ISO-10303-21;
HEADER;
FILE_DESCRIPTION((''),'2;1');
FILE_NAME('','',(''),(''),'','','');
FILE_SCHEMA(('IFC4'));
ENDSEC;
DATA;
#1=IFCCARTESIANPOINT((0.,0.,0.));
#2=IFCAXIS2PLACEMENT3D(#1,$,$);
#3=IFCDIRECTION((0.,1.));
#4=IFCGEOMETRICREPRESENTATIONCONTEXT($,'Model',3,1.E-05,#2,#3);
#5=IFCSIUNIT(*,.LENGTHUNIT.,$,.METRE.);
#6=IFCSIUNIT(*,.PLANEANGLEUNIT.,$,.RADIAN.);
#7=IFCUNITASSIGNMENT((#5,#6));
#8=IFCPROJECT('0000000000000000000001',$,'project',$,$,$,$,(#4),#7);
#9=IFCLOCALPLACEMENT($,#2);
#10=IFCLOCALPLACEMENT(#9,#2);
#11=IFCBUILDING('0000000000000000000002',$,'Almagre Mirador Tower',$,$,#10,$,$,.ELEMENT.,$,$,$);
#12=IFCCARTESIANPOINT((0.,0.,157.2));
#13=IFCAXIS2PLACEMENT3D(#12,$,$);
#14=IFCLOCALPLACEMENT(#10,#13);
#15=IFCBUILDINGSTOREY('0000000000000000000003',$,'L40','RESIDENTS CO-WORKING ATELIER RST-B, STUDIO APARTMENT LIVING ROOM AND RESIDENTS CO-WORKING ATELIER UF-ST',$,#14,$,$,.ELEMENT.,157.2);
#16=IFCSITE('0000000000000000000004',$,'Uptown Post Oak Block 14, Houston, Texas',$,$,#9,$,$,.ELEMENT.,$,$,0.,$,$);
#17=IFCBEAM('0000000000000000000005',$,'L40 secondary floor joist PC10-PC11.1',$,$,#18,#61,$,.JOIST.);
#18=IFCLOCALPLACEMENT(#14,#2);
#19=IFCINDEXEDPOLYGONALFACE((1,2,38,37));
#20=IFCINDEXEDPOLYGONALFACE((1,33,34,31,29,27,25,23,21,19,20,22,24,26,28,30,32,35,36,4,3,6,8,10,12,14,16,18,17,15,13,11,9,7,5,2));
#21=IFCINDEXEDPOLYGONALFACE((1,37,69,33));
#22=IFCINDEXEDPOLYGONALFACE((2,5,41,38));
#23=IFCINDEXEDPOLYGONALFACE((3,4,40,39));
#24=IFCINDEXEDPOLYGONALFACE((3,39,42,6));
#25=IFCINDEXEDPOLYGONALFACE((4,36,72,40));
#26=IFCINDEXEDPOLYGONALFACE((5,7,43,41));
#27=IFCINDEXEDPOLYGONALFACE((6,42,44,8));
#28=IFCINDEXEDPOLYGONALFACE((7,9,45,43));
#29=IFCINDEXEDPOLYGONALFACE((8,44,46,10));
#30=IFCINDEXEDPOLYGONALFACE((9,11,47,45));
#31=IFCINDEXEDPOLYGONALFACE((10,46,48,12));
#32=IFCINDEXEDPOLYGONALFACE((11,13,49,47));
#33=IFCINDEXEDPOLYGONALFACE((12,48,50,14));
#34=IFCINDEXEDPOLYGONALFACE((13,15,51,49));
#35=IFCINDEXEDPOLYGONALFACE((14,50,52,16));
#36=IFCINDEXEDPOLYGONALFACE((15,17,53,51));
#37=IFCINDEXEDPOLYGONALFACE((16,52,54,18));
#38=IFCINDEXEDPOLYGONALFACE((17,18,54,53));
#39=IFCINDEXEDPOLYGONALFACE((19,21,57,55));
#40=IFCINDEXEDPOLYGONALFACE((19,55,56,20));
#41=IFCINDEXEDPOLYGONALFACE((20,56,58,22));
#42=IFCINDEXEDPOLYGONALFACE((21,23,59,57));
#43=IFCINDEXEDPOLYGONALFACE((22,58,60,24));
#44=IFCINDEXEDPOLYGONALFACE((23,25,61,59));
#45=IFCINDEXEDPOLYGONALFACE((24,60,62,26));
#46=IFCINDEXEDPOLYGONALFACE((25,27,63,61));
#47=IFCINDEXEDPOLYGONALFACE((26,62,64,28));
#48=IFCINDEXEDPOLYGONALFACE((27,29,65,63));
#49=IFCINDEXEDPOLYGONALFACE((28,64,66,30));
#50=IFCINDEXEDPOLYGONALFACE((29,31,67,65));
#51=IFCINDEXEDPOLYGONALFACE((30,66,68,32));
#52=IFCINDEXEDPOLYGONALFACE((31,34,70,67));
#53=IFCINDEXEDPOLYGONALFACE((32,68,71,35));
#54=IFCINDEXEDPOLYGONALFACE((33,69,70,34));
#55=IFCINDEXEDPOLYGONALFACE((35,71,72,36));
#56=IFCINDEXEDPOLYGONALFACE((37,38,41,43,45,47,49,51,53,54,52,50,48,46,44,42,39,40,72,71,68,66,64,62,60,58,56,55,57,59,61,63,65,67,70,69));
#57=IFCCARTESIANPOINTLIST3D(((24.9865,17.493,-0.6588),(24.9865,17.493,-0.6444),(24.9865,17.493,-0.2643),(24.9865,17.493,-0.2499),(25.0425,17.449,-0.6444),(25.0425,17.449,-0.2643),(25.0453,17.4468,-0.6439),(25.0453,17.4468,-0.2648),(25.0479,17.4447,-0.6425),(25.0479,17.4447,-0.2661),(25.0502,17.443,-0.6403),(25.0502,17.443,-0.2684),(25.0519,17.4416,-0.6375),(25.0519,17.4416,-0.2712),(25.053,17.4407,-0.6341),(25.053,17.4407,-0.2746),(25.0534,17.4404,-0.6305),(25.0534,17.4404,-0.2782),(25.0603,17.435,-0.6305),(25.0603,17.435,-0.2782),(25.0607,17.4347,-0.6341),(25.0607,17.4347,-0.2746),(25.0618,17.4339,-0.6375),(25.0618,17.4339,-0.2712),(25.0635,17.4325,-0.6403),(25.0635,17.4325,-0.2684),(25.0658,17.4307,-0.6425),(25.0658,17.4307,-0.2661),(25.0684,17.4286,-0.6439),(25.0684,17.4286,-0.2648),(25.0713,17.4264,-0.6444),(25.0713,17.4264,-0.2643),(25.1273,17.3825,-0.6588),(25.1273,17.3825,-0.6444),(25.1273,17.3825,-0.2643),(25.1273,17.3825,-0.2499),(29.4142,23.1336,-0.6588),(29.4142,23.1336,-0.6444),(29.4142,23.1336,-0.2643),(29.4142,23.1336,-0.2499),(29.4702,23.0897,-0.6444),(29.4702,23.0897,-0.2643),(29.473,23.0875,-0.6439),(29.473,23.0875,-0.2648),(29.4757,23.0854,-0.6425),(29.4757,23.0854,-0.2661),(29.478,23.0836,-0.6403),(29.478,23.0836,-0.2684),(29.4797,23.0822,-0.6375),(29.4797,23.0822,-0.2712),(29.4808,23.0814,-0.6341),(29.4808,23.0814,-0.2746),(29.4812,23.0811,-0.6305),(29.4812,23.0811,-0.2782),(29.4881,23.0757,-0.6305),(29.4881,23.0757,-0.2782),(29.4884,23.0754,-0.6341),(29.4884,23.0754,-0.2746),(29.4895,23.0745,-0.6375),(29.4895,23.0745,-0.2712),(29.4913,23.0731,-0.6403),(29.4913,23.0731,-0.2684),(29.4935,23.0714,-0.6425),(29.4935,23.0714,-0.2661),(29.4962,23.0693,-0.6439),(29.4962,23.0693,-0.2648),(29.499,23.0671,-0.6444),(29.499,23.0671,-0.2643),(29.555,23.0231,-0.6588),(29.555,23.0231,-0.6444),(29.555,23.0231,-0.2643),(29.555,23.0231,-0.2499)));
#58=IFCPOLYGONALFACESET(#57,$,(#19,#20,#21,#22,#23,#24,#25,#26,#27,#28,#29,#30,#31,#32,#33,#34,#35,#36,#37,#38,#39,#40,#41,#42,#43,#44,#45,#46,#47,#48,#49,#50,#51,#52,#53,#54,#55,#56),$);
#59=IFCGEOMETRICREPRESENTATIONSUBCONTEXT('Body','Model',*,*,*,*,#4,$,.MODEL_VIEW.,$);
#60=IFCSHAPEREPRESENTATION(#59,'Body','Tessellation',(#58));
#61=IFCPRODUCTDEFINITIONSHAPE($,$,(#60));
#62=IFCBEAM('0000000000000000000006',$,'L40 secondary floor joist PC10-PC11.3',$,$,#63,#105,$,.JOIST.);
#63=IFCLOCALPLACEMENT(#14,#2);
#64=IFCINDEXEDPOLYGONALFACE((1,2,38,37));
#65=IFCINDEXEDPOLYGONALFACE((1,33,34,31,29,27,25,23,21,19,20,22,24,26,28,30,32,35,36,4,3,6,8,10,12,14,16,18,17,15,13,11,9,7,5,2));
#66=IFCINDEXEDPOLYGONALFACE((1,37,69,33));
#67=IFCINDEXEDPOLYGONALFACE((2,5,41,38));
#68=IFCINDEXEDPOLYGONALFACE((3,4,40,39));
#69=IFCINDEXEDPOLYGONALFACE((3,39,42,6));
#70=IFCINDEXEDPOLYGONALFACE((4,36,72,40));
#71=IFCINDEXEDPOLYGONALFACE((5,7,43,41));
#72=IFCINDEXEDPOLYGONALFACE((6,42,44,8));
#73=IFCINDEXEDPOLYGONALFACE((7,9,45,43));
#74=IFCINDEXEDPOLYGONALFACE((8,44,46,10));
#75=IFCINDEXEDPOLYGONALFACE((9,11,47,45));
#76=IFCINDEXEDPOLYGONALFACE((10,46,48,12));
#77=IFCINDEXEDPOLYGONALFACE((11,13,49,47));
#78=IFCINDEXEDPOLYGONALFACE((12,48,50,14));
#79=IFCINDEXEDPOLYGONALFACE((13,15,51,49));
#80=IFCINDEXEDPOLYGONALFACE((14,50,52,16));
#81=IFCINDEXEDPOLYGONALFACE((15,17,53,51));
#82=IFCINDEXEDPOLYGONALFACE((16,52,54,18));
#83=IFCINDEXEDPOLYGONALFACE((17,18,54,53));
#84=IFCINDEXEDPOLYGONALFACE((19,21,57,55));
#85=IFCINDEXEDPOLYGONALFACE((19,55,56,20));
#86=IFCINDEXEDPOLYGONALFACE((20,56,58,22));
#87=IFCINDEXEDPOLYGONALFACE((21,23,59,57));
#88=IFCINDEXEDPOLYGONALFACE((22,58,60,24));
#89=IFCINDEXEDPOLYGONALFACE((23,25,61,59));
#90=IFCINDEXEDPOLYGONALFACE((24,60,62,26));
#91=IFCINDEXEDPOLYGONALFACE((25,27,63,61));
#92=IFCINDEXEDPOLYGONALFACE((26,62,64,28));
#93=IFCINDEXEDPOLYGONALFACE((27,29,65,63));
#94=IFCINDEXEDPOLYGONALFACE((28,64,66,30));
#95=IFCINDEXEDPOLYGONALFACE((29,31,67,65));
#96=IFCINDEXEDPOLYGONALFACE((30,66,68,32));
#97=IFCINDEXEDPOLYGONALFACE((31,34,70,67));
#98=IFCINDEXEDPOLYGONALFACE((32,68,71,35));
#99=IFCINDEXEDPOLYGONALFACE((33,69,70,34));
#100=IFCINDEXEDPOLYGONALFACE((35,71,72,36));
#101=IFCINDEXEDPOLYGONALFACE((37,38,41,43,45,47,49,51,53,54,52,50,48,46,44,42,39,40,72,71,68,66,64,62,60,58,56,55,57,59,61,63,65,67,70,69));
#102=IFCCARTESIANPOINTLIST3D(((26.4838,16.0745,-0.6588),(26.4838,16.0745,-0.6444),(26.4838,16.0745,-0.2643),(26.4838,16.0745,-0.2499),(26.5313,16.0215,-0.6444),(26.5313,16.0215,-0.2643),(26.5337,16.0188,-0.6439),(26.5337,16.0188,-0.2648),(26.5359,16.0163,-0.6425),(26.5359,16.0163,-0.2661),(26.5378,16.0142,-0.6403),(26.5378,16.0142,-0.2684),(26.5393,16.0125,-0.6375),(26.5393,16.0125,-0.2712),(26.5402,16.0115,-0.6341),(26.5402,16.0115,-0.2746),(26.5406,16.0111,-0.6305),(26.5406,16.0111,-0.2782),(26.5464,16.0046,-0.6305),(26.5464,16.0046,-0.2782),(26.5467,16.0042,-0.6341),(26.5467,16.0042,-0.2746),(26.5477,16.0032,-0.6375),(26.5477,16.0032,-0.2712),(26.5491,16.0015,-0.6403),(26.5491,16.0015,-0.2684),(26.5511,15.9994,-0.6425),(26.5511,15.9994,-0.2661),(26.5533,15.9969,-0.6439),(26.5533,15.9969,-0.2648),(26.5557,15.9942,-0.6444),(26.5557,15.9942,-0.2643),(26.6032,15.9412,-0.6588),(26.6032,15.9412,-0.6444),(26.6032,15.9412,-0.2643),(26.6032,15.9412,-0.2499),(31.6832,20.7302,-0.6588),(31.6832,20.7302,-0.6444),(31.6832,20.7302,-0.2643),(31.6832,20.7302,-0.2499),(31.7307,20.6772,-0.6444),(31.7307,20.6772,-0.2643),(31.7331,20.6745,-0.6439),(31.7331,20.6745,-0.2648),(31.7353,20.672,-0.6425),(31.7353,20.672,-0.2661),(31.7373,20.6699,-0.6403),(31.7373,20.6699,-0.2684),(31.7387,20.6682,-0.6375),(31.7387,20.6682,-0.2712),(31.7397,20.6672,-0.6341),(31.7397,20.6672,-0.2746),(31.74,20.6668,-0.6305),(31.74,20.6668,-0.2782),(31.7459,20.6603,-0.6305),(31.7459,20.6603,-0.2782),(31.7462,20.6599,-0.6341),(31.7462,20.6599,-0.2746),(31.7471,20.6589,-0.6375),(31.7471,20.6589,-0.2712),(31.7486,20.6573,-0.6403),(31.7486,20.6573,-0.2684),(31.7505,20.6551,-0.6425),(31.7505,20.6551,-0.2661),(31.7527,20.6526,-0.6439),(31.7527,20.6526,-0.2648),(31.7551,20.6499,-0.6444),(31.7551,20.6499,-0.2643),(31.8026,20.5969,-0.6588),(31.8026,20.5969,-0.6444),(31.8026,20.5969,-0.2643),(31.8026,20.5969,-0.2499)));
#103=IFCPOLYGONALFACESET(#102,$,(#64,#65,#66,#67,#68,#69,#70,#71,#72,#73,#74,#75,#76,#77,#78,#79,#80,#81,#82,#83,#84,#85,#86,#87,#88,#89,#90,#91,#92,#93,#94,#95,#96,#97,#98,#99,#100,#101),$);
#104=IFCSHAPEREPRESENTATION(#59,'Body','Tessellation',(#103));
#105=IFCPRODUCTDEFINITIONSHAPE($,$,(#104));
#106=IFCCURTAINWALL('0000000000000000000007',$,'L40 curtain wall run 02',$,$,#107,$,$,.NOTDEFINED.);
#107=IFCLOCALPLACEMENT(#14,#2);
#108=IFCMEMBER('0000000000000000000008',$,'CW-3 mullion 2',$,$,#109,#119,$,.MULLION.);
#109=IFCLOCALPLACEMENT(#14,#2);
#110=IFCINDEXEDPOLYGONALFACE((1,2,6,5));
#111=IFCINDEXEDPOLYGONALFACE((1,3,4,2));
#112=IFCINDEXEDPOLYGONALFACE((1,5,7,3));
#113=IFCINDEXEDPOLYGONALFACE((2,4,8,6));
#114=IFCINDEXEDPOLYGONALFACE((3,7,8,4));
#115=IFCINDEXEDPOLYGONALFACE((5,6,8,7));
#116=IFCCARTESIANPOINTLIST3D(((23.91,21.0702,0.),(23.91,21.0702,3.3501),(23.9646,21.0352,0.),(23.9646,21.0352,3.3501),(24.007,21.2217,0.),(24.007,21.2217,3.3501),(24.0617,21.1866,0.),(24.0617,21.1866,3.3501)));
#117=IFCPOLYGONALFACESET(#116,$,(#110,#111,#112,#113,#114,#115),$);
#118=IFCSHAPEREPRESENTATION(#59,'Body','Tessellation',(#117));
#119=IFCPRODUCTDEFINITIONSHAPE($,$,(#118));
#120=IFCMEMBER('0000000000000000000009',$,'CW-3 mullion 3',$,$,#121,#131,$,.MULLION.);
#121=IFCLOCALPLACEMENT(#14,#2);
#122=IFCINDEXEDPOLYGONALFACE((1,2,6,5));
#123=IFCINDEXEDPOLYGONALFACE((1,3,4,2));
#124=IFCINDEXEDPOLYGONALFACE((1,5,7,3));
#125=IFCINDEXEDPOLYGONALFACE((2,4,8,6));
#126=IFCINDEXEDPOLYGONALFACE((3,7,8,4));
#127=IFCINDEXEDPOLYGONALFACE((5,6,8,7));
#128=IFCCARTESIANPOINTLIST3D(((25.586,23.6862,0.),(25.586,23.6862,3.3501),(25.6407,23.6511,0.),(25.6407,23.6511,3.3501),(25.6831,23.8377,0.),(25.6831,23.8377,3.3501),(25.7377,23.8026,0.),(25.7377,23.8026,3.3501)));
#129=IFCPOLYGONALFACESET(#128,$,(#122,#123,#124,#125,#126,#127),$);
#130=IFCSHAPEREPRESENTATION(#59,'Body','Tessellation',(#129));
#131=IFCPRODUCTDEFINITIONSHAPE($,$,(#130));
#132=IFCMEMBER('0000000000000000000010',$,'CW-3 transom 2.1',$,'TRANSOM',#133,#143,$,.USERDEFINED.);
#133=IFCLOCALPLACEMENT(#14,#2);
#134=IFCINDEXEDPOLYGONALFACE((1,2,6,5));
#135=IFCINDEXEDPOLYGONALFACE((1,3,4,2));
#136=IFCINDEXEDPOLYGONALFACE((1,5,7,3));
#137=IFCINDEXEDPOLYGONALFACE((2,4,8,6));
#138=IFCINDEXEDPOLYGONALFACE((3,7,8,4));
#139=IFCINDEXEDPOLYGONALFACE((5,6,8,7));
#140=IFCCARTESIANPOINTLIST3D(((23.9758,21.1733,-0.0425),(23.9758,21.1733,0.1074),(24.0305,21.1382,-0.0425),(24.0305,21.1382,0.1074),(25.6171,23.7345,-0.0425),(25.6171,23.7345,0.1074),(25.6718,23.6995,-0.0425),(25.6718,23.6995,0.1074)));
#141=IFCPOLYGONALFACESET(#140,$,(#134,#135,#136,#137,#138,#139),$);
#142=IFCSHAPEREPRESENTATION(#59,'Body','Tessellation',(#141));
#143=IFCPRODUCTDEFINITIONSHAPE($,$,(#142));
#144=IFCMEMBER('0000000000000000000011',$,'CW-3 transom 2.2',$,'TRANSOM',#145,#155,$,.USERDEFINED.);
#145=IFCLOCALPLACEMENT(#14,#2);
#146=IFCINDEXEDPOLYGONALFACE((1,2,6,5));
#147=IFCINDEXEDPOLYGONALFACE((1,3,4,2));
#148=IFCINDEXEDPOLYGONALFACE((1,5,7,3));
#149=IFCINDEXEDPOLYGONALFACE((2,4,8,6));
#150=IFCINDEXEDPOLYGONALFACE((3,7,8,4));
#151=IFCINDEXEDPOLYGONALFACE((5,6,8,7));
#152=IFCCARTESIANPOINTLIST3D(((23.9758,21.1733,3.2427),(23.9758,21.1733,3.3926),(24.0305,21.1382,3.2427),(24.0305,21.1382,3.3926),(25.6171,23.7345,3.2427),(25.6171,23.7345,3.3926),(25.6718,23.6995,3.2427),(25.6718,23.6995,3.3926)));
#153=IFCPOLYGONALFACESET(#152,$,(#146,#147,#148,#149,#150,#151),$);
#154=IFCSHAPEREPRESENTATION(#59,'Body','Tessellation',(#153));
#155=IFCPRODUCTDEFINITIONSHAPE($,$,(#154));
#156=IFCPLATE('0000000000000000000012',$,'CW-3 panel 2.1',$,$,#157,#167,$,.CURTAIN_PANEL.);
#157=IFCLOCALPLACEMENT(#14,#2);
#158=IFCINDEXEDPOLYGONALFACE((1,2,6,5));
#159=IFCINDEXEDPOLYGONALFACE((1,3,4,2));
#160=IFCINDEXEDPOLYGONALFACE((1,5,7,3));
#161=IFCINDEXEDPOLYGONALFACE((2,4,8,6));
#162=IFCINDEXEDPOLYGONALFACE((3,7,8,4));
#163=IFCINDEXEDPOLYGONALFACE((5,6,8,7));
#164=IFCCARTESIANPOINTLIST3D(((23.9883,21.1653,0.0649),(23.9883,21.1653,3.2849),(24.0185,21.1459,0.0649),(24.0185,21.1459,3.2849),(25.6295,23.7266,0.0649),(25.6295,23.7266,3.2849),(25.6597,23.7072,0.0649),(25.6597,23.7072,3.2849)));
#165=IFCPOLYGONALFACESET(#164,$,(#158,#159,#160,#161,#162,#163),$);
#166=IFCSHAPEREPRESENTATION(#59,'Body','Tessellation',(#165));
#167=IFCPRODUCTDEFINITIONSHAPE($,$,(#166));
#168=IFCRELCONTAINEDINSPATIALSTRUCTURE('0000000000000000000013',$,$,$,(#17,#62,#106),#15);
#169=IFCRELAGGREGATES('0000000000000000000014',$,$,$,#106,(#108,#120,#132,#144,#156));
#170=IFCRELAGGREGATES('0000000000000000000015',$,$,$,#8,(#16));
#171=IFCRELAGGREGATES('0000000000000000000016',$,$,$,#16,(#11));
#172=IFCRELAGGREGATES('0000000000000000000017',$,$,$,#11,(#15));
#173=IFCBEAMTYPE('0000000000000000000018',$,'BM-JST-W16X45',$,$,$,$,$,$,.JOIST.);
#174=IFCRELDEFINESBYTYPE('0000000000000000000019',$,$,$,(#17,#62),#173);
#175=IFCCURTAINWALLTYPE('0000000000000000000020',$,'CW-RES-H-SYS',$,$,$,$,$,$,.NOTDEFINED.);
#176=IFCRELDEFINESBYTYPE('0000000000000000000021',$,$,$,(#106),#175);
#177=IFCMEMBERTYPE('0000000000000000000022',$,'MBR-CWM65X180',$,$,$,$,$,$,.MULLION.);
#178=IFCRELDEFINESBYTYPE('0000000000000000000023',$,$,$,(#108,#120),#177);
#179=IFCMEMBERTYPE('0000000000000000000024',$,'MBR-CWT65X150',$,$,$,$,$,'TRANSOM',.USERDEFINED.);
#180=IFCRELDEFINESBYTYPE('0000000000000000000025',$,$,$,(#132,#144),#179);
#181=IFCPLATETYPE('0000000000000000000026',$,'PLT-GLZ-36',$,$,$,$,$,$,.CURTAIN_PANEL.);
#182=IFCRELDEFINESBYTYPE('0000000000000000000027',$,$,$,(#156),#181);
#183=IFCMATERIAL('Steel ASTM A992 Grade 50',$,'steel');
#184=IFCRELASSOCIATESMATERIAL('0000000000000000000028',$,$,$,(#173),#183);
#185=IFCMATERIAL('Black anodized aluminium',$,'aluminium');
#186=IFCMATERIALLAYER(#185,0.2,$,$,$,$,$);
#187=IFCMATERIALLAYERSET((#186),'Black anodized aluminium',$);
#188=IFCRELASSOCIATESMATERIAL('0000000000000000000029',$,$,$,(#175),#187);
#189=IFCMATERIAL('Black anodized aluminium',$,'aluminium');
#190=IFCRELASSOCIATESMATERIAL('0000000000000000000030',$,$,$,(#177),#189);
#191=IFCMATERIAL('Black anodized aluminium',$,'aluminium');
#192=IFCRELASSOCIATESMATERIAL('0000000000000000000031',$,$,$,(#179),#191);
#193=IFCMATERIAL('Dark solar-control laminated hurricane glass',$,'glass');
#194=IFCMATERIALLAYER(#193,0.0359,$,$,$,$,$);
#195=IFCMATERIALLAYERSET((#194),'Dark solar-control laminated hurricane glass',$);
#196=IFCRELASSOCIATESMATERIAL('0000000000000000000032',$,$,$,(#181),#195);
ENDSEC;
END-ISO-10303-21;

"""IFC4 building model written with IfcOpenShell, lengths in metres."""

from ifc_helpers import new_model, si_unit, direction, frame, origin, origin_2d, place, context, subcontext, project, spatial, rectangle, i_section, extrude, material, layer, layer_set, material_profile, profile_set, type_object, element, aggregate, save


model = new_model("IFC4")

# Units and contexts
model_context = context("Model", 3, precision=1e-05, world=origin(), true_north=direction((0.0, 1.0)))
body_context = subcontext(model_context, "Body", "Model", "MODEL_VIEW")
ifc_project = project(units=[si_unit("LENGTHUNIT", "METRE"), si_unit("PLANEANGLEUNIT", "RADIAN")], contexts=[model_context])

# Site, building, storey
site_placement = place(None, origin())
site = spatial("IfcSite", under=ifc_project, at=site_placement, Name="Uptown Post Oak Block 14, Houston, Texas", CompositionType="ELEMENT", RefElevation=0.0)
building_placement = place(site_placement, origin())
building = spatial("IfcBuilding", under=site, at=building_placement, Name="Almagre Mirador Tower", CompositionType="ELEMENT")
storey_placement = place(building_placement, frame((0.0, 0.0, 157.2)))
storey = spatial("IfcBuildingStorey", under=building, at=storey_placement, Name="L40", Description="RESIDENTS CO-WORKING ATELIER RST-B, STUDIO APARTMENT LIVING ROOM AND RESIDENTS CO-WORKING ATELIER UF-ST", CompositionType="ELEMENT", Elevation=157.2)

# Beams
ifc_material_1 = material(Name="Steel ASTM A992 Grade 50", Category="steel")
ifc_material_profile_1 = material_profile(ifc_material_1, i_section(OverallWidth=0.179, OverallDepth=0.4089, WebThickness=0.0088, FlangeThickness=0.0144, FilletRadius=0.0139, at=origin_2d()), Name="W16X45")
ifc_profile_set_1 = profile_set([ifc_material_profile_1], Name="Steel ASTM A992 Grade 50")
beam_type = type_object("IfcBeamType", Name="BM-JST-W16X45", PredefinedType="JOIST", material=ifc_profile_set_1)
beam_1_placement = place(storey_placement, frame((29.4846, 23.0784, -0.4543), z_axis=(-0.617461, -0.786602, 0.0), x_axis=(0.786602, -0.617461, 0.0)))
element("IfcBeam", 1, at=beam_1_placement, inside=storey, type_object=beam_type, Name="L40 secondary floor joist PC10-PC11.1", PredefinedType="JOIST", context=body_context, shape_type="SweptSolid", body=[
    extrude(i_section(OverallWidth=0.179, OverallDepth=0.4089, WebThickness=0.0088, FlangeThickness=0.0144, FilletRadius=0.0139, at=origin_2d()), origin(), (0.0, 0.0, 1.0), 7.1709),
])
beam_2_placement = place(storey_placement, frame((31.7429, 20.6636, -0.4543), z_axis=(-0.744984, -0.667082, 0.0), x_axis=(0.667082, -0.744984, 0.0)))
element("IfcBeam", 2, at=beam_2_placement, inside=storey, type_object=beam_type, Name="L40 secondary floor joist PC10-PC11.3", PredefinedType="JOIST", context=body_context, shape_type="SweptSolid", body=[
    extrude(i_section(OverallWidth=0.179, OverallDepth=0.4089, WebThickness=0.0088, FlangeThickness=0.0144, FilletRadius=0.0139, at=origin_2d()), origin(), (0.0, 0.0, 1.0), 6.9792),
])

# Curtain wall, members, plate
ifc_material_2 = material(Name="Black anodized aluminium", Category="aluminium")
ifc_layer_1 = layer(ifc_material_2, 0.2)
ifc_layer_set_1 = layer_set([ifc_layer_1], Name="Black anodized aluminium")
curtain_wall_type = type_object("IfcCurtainWallType", Name="CW-RES-H-SYS", PredefinedType="NOTDEFINED", material=ifc_layer_set_1)
curtain_wall_placement = place(storey_placement, origin())
curtain_wall = element("IfcCurtainWall", 3, at=curtain_wall_placement, inside=storey, type_object=curtain_wall_type, Name="L40 curtain wall run 02", PredefinedType="NOTDEFINED")
ifc_material_3 = material(Name="Black anodized aluminium", Category="aluminium")
ifc_material_profile_2 = material_profile(ifc_material_3, rectangle(XDim=0.0649, YDim=0.1799, at=origin_2d()), Name="CWM65X180")
ifc_profile_set_2 = profile_set([ifc_material_profile_2], Name="Black anodized aluminium")
member_type_1 = type_object("IfcMemberType", Name="MBR-CWM65X180", PredefinedType="MULLION", material=ifc_profile_set_2)
member_1_placement = place(storey_placement, frame((23.9858, 21.1284, 0.0), z_axis=(0.0, 0.0, 1.0), x_axis=(-0.841981, 0.539507, 0.0)))
member_1 = element("IfcMember", 4, at=member_1_placement, type_object=member_type_1, Name="CW-3 mullion 2", PredefinedType="MULLION", context=body_context, shape_type="SweptSolid", body=[
    extrude(rectangle(XDim=0.0649, YDim=0.1799, at=origin_2d()), origin(), (0.0, 0.0, 1.0), 3.3501),
])
member_2_placement = place(storey_placement, frame((25.6619, 23.7444, 0.0), z_axis=(0.0, 0.0, 1.0), x_axis=(-0.841981, 0.539507, 0.0)))
member_2 = element("IfcMember", 5, at=member_2_placement, type_object=member_type_1, Name="CW-3 mullion 3", PredefinedType="MULLION", context=body_context, shape_type="SweptSolid", body=[
    extrude(rectangle(XDim=0.0649, YDim=0.1799, at=origin_2d()), origin(), (0.0, 0.0, 1.0), 3.3501),
])
ifc_material_4 = material(Name="Black anodized aluminium", Category="aluminium")
ifc_material_profile_3 = material_profile(ifc_material_4, rectangle(XDim=0.0649, YDim=0.1499, at=origin_2d()), Name="CWT65X150")
ifc_profile_set_3 = profile_set([ifc_material_profile_3], Name="Black anodized aluminium")
member_type_2 = type_object("IfcMemberType", Name="MBR-CWT65X150", ElementType="TRANSOM", PredefinedType="USERDEFINED", material=ifc_profile_set_3)
member_3_placement = place(storey_placement, frame((24.0032, 21.1558, 0.0325), z_axis=(0.539552, 0.841952, 0.0), x_axis=(-0.841952, 0.539552, 0.0)))
member_3 = element("IfcMember", 6, at=member_3_placement, type_object=member_type_2, Name="CW-3 transom 2.1", ObjectType="TRANSOM", PredefinedType="USERDEFINED", context=body_context, shape_type="SweptSolid", body=[
    extrude(rectangle(XDim=0.0649, YDim=0.1499, at=origin_2d()), origin(), (0.0, 0.0, 1.0), 3.042),
])
member_4_placement = place(storey_placement, frame((24.0032, 21.1558, 3.3176), z_axis=(0.539552, 0.841952, 0.0), x_axis=(-0.841952, 0.539552, 0.0)))
member_4 = element("IfcMember", 7, at=member_4_placement, type_object=member_type_2, Name="CW-3 transom 2.2", ObjectType="TRANSOM", PredefinedType="USERDEFINED", context=body_context, shape_type="SweptSolid", body=[
    extrude(rectangle(XDim=0.0649, YDim=0.1499, at=origin_2d()), origin(), (0.0, 0.0, 1.0), 3.042),
])
ifc_material_5 = material(Name="Dark solar-control laminated hurricane glass", Category="glass")
ifc_layer_2 = layer(ifc_material_5, 0.0359)
ifc_layer_set_2 = layer_set([ifc_layer_2], Name="Dark solar-control laminated hurricane glass")
plate_type = type_object("IfcPlateType", Name="PLT-GLZ-36", PredefinedType="CURTAIN_PANEL", material=ifc_layer_set_2)
plate_placement = place(storey_placement, frame((24.824, 22.4363, 0.0649), z_axis=(0.0, 0.0, 1.0), x_axis=(0.539507, 0.841981, 0.0)))
plate = element("IfcPlate", 8, at=plate_placement, type_object=plate_type, Name="CW-3 panel 2.1", PredefinedType="CURTAIN_PANEL", context=body_context, shape_type="SweptSolid", body=[
    extrude(rectangle(XDim=3.042, YDim=0.0359, at=origin_2d()), origin(), (0.0, 0.0, 1.0), 3.22),
])
aggregate(curtain_wall, [member_1, member_2, member_3, member_4, plate])

save(model, "model.ifc")
